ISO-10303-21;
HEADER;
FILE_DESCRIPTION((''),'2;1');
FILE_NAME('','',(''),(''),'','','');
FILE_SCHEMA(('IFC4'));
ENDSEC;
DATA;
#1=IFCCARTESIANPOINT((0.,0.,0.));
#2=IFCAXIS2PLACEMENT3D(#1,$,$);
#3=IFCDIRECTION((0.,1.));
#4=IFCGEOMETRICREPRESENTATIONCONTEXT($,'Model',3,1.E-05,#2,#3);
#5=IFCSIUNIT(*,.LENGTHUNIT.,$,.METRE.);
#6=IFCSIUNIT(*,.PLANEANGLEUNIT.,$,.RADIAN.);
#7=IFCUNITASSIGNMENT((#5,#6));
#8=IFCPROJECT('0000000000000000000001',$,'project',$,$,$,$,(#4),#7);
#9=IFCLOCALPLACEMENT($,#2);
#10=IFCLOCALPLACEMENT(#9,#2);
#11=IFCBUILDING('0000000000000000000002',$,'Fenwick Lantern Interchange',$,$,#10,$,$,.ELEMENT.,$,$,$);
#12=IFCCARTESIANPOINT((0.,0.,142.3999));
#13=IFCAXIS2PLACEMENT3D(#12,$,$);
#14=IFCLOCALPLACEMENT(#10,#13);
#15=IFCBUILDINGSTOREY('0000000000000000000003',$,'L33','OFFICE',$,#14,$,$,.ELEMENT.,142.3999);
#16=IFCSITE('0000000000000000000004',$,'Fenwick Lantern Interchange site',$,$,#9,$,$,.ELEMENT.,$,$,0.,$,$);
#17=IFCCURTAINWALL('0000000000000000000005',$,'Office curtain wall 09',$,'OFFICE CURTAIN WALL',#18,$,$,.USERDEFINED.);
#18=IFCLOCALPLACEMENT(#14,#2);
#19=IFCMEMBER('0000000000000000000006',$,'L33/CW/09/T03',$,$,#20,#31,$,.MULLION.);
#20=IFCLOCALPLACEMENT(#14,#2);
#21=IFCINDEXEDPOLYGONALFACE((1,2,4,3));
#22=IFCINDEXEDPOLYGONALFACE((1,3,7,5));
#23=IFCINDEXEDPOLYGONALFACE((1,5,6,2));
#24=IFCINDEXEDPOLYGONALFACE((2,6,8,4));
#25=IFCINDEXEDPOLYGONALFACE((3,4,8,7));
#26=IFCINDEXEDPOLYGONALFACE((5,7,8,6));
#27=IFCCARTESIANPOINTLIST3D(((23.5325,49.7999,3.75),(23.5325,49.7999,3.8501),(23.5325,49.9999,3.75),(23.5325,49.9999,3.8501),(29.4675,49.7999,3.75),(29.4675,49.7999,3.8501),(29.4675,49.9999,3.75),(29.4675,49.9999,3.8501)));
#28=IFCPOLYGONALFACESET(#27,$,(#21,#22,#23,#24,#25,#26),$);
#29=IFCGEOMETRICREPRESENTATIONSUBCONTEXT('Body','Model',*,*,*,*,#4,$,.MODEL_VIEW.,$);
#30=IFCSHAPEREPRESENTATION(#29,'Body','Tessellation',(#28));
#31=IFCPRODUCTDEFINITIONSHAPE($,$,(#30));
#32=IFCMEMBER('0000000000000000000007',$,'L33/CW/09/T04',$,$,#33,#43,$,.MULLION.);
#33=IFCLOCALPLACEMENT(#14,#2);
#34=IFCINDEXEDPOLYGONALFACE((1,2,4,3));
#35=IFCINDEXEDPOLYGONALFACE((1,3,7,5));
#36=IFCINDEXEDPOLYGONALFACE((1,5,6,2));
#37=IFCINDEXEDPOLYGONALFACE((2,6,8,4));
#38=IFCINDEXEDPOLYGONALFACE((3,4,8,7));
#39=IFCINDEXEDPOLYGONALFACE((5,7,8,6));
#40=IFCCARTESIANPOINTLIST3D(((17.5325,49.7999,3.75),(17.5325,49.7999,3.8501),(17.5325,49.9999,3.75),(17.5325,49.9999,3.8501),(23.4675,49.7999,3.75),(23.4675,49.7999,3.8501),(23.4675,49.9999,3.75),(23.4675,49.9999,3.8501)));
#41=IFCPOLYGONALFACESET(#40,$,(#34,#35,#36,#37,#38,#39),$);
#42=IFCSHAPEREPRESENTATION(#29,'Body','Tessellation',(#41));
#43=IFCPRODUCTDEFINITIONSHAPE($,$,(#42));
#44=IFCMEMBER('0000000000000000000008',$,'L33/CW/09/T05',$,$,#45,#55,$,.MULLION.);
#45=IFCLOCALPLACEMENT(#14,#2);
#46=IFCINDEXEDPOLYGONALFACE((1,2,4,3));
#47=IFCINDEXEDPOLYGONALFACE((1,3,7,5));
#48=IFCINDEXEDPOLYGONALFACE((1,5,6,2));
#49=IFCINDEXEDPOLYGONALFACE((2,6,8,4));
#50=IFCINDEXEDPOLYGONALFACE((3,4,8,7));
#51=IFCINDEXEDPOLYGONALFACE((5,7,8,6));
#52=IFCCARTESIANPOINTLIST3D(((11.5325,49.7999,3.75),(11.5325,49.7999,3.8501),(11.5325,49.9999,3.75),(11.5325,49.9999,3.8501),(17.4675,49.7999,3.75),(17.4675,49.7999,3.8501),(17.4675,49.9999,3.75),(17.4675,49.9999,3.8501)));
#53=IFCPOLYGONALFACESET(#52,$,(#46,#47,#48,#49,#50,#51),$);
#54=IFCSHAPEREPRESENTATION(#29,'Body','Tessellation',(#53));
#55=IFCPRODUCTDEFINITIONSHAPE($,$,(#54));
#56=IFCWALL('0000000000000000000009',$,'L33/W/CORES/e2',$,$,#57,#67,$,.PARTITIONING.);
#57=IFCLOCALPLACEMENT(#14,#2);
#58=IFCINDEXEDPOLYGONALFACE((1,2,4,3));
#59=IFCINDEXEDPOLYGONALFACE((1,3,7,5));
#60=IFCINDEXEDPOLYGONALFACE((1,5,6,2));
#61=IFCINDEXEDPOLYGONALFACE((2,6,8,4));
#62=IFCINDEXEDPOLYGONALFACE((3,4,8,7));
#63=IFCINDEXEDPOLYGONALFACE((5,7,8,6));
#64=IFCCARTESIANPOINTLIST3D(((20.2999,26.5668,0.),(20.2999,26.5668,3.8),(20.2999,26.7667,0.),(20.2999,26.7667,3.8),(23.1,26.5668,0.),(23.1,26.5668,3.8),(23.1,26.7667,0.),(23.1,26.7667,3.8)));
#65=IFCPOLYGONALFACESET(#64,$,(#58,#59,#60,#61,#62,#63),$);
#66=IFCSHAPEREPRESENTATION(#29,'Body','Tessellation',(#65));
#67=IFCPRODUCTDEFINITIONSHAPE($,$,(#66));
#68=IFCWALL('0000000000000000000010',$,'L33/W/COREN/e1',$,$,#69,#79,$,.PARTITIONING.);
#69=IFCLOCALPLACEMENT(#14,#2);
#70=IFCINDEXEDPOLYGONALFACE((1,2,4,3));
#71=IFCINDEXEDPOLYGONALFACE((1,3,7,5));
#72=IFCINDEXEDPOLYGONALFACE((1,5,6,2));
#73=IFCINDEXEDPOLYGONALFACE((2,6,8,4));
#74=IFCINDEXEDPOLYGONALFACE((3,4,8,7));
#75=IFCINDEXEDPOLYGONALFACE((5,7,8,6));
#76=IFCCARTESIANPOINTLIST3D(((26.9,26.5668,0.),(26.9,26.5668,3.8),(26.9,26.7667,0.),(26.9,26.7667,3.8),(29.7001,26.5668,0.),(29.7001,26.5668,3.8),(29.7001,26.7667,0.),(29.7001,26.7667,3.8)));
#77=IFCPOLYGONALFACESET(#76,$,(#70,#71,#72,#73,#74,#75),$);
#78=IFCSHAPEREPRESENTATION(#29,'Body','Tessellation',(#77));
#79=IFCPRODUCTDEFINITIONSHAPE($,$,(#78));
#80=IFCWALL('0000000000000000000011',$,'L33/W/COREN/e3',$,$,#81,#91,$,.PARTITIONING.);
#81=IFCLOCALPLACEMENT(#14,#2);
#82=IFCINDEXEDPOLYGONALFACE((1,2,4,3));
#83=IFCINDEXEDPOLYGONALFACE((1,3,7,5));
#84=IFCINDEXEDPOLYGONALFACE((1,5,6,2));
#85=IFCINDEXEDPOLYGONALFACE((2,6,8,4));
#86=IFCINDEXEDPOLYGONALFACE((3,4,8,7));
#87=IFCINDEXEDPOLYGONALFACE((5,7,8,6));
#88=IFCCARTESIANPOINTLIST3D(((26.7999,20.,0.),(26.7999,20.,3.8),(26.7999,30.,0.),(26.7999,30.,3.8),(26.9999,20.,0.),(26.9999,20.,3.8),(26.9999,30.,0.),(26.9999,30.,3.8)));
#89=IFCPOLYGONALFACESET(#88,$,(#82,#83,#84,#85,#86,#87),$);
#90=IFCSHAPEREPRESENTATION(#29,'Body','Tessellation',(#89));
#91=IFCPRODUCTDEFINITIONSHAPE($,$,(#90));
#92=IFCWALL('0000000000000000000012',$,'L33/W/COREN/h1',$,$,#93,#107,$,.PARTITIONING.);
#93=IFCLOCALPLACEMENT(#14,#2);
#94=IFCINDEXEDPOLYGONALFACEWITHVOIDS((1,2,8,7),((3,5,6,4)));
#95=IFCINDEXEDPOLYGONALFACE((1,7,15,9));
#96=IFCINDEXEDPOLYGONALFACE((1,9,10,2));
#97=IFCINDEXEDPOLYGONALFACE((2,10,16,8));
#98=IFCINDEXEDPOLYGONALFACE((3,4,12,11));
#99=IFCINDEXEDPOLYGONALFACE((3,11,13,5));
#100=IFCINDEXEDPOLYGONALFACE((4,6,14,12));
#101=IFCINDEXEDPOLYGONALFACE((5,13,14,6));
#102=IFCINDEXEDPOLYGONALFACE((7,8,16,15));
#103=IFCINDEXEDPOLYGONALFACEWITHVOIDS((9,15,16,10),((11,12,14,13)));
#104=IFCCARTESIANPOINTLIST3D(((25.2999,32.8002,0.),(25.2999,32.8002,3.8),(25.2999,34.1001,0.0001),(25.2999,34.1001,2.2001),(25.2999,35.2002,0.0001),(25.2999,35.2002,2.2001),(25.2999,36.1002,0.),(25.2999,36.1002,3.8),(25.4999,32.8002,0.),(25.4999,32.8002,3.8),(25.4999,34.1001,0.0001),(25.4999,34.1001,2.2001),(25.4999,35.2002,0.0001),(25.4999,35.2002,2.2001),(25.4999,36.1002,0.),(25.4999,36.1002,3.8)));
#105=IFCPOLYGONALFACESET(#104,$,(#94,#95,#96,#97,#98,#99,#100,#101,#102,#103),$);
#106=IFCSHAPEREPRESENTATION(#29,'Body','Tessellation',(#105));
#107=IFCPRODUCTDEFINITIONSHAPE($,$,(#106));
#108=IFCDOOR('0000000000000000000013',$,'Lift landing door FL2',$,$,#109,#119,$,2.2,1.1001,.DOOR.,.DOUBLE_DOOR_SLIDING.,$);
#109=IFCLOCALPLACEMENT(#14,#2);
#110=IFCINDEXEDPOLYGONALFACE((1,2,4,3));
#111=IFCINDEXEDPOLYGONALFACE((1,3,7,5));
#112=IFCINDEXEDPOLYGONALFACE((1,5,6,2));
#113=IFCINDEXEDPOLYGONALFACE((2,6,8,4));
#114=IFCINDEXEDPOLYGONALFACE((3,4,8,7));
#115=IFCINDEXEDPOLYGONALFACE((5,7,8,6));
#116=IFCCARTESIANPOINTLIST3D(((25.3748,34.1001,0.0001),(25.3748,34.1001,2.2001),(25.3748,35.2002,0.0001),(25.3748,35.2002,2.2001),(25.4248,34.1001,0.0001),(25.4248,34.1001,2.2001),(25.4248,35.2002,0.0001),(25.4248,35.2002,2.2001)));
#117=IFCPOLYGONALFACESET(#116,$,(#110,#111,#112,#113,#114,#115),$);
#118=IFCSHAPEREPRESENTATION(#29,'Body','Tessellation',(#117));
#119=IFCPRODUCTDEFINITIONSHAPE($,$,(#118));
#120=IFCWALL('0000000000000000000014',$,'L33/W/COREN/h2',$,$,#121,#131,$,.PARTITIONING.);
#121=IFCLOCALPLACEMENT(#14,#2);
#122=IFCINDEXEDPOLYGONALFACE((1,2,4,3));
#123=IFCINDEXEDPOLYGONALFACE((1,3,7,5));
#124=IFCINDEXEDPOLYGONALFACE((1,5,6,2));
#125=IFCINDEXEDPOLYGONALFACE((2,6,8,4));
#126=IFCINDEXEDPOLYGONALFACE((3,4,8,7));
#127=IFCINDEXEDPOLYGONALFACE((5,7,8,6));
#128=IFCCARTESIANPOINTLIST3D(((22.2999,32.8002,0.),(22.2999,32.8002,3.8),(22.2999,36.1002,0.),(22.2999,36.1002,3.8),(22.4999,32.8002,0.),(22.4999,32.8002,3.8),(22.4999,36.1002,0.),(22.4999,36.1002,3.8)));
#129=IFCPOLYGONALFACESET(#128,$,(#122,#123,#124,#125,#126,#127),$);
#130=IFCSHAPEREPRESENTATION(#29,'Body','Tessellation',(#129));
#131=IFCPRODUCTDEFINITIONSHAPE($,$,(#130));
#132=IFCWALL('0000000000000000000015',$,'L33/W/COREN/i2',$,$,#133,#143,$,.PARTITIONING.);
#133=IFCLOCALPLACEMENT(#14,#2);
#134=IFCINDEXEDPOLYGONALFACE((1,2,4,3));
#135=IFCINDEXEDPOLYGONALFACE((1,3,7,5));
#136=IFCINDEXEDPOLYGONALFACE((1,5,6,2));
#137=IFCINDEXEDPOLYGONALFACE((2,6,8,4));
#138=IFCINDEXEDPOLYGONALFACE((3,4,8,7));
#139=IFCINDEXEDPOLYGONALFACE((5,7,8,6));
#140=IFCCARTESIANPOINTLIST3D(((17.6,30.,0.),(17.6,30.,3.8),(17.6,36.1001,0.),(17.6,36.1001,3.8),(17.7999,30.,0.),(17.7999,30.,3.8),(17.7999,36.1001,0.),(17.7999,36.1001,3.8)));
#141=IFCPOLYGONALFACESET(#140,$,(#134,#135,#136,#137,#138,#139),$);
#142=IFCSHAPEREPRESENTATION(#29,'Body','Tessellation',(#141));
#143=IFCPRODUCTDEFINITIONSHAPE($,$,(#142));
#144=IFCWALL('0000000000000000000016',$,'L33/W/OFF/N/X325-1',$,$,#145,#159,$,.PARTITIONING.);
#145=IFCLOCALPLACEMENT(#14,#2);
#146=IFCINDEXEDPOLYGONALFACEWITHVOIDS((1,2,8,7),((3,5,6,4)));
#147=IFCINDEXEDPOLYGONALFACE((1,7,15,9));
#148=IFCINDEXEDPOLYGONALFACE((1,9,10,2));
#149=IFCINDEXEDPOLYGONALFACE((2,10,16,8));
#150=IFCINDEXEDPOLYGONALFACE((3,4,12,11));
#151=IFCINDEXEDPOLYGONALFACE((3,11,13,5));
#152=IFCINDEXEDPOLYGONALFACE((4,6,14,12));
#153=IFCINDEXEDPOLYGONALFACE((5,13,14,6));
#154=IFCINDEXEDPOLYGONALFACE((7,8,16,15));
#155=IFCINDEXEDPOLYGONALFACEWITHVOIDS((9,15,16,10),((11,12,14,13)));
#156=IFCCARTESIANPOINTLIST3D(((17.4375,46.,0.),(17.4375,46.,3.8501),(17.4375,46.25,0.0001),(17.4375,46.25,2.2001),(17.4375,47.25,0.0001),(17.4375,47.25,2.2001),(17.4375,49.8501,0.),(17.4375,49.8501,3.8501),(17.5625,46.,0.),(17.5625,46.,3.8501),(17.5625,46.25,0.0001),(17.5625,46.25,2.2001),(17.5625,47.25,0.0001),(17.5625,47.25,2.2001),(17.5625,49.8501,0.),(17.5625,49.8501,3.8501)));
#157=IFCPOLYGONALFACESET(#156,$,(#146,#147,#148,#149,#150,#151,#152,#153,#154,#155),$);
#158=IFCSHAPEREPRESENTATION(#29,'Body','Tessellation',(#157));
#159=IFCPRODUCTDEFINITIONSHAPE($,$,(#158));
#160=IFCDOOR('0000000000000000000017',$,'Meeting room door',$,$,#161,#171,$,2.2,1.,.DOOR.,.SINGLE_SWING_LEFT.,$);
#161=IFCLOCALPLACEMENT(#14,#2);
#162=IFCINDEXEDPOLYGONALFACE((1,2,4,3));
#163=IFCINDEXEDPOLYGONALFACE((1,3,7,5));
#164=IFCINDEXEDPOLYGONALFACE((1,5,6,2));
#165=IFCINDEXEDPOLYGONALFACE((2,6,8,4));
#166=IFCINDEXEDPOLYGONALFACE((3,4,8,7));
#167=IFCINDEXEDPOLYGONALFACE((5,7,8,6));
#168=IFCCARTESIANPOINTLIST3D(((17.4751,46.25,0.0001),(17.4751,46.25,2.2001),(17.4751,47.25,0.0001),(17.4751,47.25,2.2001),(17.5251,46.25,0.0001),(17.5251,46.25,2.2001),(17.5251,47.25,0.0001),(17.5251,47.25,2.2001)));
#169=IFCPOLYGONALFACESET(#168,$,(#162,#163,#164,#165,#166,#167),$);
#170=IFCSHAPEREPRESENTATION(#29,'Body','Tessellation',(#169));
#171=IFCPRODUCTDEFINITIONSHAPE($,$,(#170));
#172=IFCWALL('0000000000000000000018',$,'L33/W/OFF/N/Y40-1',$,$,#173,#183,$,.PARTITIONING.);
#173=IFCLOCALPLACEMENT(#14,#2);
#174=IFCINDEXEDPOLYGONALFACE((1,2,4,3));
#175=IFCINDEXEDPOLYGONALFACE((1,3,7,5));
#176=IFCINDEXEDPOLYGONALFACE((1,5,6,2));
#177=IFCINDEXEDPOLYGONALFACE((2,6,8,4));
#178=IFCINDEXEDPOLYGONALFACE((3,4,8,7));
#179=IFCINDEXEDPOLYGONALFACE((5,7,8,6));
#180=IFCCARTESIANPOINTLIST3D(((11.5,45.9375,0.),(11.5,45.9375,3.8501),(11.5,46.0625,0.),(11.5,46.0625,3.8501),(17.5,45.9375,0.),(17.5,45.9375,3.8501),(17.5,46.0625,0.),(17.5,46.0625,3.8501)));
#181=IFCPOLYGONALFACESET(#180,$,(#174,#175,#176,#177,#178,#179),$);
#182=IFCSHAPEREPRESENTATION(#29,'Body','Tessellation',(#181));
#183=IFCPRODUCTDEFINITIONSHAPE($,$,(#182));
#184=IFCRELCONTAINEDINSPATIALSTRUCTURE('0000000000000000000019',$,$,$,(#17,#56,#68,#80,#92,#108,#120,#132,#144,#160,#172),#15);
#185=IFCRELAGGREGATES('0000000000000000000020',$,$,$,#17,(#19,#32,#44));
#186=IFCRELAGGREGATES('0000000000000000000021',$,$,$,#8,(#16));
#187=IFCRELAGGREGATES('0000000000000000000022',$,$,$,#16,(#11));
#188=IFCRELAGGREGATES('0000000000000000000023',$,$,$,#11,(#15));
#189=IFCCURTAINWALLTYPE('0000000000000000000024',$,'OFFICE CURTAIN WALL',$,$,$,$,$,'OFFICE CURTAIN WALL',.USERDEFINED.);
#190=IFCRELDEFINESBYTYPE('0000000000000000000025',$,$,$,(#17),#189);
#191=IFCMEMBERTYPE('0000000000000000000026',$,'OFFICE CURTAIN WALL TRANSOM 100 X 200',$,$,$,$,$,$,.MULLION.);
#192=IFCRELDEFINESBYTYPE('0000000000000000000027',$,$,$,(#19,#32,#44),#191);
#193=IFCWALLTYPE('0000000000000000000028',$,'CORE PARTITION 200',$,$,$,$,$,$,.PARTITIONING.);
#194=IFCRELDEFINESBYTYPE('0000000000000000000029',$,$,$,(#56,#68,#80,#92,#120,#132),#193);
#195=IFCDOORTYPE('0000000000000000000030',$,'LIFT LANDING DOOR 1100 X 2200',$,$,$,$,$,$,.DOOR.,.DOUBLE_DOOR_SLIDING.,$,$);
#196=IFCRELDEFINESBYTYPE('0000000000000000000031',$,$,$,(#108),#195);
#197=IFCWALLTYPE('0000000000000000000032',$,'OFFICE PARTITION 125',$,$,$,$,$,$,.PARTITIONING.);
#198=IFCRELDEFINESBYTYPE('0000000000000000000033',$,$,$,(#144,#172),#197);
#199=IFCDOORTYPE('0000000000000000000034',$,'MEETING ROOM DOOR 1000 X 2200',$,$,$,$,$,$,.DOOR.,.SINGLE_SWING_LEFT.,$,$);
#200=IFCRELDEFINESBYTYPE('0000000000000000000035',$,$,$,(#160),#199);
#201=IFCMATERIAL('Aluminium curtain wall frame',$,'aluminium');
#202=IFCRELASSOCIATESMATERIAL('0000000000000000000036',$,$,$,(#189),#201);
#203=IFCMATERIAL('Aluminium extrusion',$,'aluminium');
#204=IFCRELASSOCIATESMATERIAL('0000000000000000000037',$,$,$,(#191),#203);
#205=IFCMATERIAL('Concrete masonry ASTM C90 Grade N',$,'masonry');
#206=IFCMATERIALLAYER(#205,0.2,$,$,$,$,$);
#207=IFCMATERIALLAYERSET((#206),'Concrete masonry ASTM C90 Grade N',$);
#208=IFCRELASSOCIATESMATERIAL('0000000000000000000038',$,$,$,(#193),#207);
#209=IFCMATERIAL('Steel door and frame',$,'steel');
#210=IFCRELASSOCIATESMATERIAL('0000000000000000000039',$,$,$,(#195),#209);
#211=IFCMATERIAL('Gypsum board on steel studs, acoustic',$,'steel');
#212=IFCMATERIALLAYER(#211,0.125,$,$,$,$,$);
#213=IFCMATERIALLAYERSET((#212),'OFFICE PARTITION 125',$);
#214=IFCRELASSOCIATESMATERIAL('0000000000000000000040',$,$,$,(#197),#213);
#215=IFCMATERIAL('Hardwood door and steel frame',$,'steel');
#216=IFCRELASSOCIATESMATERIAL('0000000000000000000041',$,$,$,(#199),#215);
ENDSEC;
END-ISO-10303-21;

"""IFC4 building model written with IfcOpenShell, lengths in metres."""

from ifc_helpers import new_model, si_unit, direction, frame, frame_2d, origin, origin_2d, place, context, subcontext, project, spatial, rectangle, extrude, material, layer, layer_set, material_profile, profile_set, type_object, element, fill, aggregate, save


model = new_model("IFC4")

# Units and contexts
model_context = context("Model", 3, precision=1e-05, world=origin(), true_north=direction((0.0, 1.0)))
body_context = subcontext(model_context, "Body", "Model", "MODEL_VIEW")
ifc_project = project(units=[si_unit("LENGTHUNIT", "METRE"), si_unit("PLANEANGLEUNIT", "RADIAN")], contexts=[model_context])

# Site, building, storey
site_placement = place(None, origin())
site = spatial("IfcSite", under=ifc_project, at=site_placement, Name="Fenwick Lantern Interchange site", CompositionType="ELEMENT", RefElevation=0.0)
building_placement = place(site_placement, origin())
building = spatial("IfcBuilding", under=site, at=building_placement, Name="Fenwick Lantern Interchange", CompositionType="ELEMENT")
storey_placement = place(building_placement, frame((0.0, 0.0, 142.3999)))
storey = spatial("IfcBuildingStorey", under=building, at=storey_placement, Name="L33", Description="OFFICE", CompositionType="ELEMENT", Elevation=142.3999)

# Curtain wall, members
ifc_material_1 = material(Name="Aluminium curtain wall frame", Category="aluminium")
curtain_wall_type = type_object("IfcCurtainWallType", Name="OFFICE CURTAIN WALL", ElementType="OFFICE CURTAIN WALL", PredefinedType="USERDEFINED", material=ifc_material_1)
curtain_wall_placement = place(storey_placement, origin())
curtain_wall = element("IfcCurtainWall", 1, at=curtain_wall_placement, inside=storey, type_object=curtain_wall_type, Name="Office curtain wall 09", ObjectType="OFFICE CURTAIN WALL", PredefinedType="USERDEFINED")
ifc_material_2 = material(Name="Aluminium extrusion", Category="aluminium")
ifc_material_profile_1 = material_profile(ifc_material_2, rectangle(XDim=0.2, YDim=0.1001, at=origin_2d()), Name="OFFICE CURTAIN WALL TRANSOM 100 X 200")
ifc_profile_set_1 = profile_set([ifc_material_profile_1], Name="Aluminium extrusion")
member_type_1 = type_object("IfcMemberType", Name="OFFICE CURTAIN WALL TRANSOM 100 X 200", PredefinedType="MULLION", material=ifc_profile_set_1)
member_1_placement = place(storey_placement, frame((29.4675, 49.8999, 3.8), z_axis=(-1.0, 0.0, 0.0), x_axis=(0.0, -1.0, 0.0)))
member_1 = element("IfcMember", 2, at=member_1_placement, type_object=member_type_1, Name="L33/CW/09/T03", PredefinedType="MULLION", context=body_context, shape_type="SweptSolid", body=[
    extrude(rectangle(XDim=0.2, YDim=0.1001, at=origin_2d()), origin(), (0.0, 0.0, 1.0), 5.9351),
])
member_2_placement = place(storey_placement, frame((23.4675, 49.8999, 3.8), z_axis=(-1.0, 0.0, 0.0), x_axis=(0.0, -1.0, 0.0)))
member_2 = element("IfcMember", 3, at=member_2_placement, type_object=member_type_1, Name="L33/CW/09/T04", PredefinedType="MULLION", context=body_context, shape_type="SweptSolid", body=[
    extrude(rectangle(XDim=0.2, YDim=0.1001, at=origin_2d()), origin(), (0.0, 0.0, 1.0), 5.9351),
])
member_3_placement = place(storey_placement, frame((17.4675, 49.8999, 3.8), z_axis=(-1.0, 0.0, 0.0), x_axis=(0.0, -1.0, 0.0)))
member_3 = element("IfcMember", 4, at=member_3_placement, type_object=member_type_1, Name="L33/CW/09/T05", PredefinedType="MULLION", context=body_context, shape_type="SweptSolid", body=[
    extrude(rectangle(XDim=0.2, YDim=0.1001, at=origin_2d()), origin(), (0.0, 0.0, 1.0), 5.9351),
])
aggregate(curtain_wall, [member_1, member_2, member_3])

# Walls
ifc_material_3 = material(Name="Concrete masonry ASTM C90 Grade N", Category="masonry")
ifc_layer_1 = layer(ifc_material_3, 0.2)
ifc_layer_set_1 = layer_set([ifc_layer_1], Name="Concrete masonry ASTM C90 Grade N")
wall_type_1 = type_object("IfcWallType", Name="CORE PARTITION 200", PredefinedType="PARTITIONING", material=ifc_layer_set_1)
for number, where, z_axis, x_axis, name in (
    (5, (20.3, 26.6667, 0.0), (0.0, 0.0, 1.0), (1.0, 0.0, 0.0), "L33/W/CORES/e2"),
    (6, (29.7, 26.6667, 0.0), (0.0, 0.0, 1.0), (-1.0, 0.0, 0.0), "L33/W/COREN/e1"),
):
    element("IfcWall", number, at=place(storey_placement, frame(where, z_axis=z_axis, x_axis=x_axis)), inside=storey, type_object=wall_type_1, Name=name, PredefinedType="PARTITIONING", context=body_context, shape_type="SweptSolid", body=[
        extrude(rectangle(XDim=2.8, YDim=0.2, at=frame_2d((1.3999, 0.0))), origin(), (0.0, 0.0, 1.0), 3.8),
    ])
wall_1_placement = place(storey_placement, frame((26.8999, 30.0, 0.0), z_axis=(0.0, 0.0, 1.0), x_axis=(0.0, -1.0, 0.0)))
element("IfcWall", 7, at=wall_1_placement, inside=storey, type_object=wall_type_1, Name="L33/W/COREN/e3", PredefinedType="PARTITIONING", context=body_context, shape_type="SweptSolid", body=[
    extrude(rectangle(XDim=10.0, YDim=0.2, at=frame_2d((5.0, 0.0))), origin(), (0.0, 0.0, 1.0), 3.8),
])

# Wall, opening, door
wall_2_placement = place(storey_placement, frame((25.3999, 36.1001, 0.0), z_axis=(0.0, 0.0, 1.0), x_axis=(0.0, -1.0, 0.0)))
wall_2 = element("IfcWall", 8, at=wall_2_placement, inside=storey, type_object=wall_type_1, Name="L33/W/COREN/h1", PredefinedType="PARTITIONING", context=body_context, shape_type="SweptSolid", body=[
    extrude(rectangle(XDim=3.3, YDim=0.2, at=frame_2d((1.6499, 0.0))), origin(), (0.0, 0.0, 1.0), 3.8),
])
opening_1_placement = place(wall_2_placement, frame((0.8999, 0.0, 0.0)))
opening_1 = element("IfcOpeningElement", 9, at=opening_1_placement, cuts=wall_2, PredefinedType="OPENING", context=body_context, shape_type="SweptSolid", body=[
    extrude(rectangle(XDim=1.1001, YDim=2.2, at=frame_2d((0.55, 1.1001))), frame((0.0, 0.1099, 0.0), z_axis=(0.0, -1.0, 0.0), x_axis=(1.0, 0.0, 0.0)), (0.0, 0.0, 1.0), 0.22),
])
ifc_material_4 = material(Name="Steel door and frame", Category="steel")
door_type_1 = type_object("IfcDoorType", Name="LIFT LANDING DOOR 1100 X 2200", OperationType="DOUBLE_DOOR_SLIDING", PredefinedType="DOOR", material=ifc_material_4)
door_1_placement = place(opening_1_placement, origin())
door_1 = element("IfcDoor", 10, at=door_1_placement, inside=storey, type_object=door_type_1, Name="Lift landing door FL2", OperationType="DOUBLE_DOOR_SLIDING", OverallHeight=2.2, OverallWidth=1.1001, PredefinedType="DOOR", context=body_context, shape_type="SweptSolid", body=[
    extrude(rectangle(XDim=1.1001, YDim=2.2, at=frame_2d((0.55, 1.1001))), frame((0.0, 0.0249, 0.0), z_axis=(0.0, -1.0, 0.0), x_axis=(1.0, 0.0, 0.0)), (0.0, 0.0, 1.0), 0.05),
])
fill(opening_1, door_1)

# Walls
wall_3_placement = place(storey_placement, frame((22.3999, 36.1001, 0.0), z_axis=(0.0, 0.0, 1.0), x_axis=(0.0, -1.0, 0.0)))
element("IfcWall", 11, at=wall_3_placement, inside=storey, type_object=wall_type_1, Name="L33/W/COREN/h2", PredefinedType="PARTITIONING", context=body_context, shape_type="SweptSolid", body=[
    extrude(rectangle(XDim=3.3, YDim=0.2, at=frame_2d((1.6499, 0.0))), origin(), (0.0, 0.0, 1.0), 3.8),
])
wall_4_placement = place(storey_placement, frame((17.7, 36.1001, 0.0), z_axis=(0.0, 0.0, 1.0), x_axis=(0.0, -1.0, 0.0)))
element("IfcWall", 12, at=wall_4_placement, inside=storey, type_object=wall_type_1, Name="L33/W/COREN/i2", PredefinedType="PARTITIONING", context=body_context, shape_type="SweptSolid", body=[
    extrude(rectangle(XDim=6.1001, YDim=0.2, at=frame_2d((3.05, 0.0))), origin(), (0.0, 0.0, 1.0), 3.8),
])

# Wall, opening, door
ifc_material_5 = material(Name="Gypsum board on steel studs, acoustic", Category="steel")
ifc_layer_2 = layer(ifc_material_5, 0.125)
ifc_layer_set_2 = layer_set([ifc_layer_2], Name="OFFICE PARTITION 125")
wall_type_2 = type_object("IfcWallType", Name="OFFICE PARTITION 125", PredefinedType="PARTITIONING", material=ifc_layer_set_2)
wall_5_placement = place(storey_placement, frame((17.5, 49.8501, 0.0), z_axis=(0.0, 0.0, 1.0), x_axis=(0.0, -1.0, 0.0)))
wall_5 = element("IfcWall", 13, at=wall_5_placement, inside=storey, type_object=wall_type_2, Name="L33/W/OFF/N/X325-1", PredefinedType="PARTITIONING", context=body_context, shape_type="SweptSolid", body=[
    extrude(rectangle(XDim=3.8501, YDim=0.125, at=frame_2d((1.925, 0.0))), origin(), (0.0, 0.0, 1.0), 3.8501),
])
opening_2_placement = place(wall_5_placement, frame((2.6001, 0.0, 0.0)))
opening_2 = element("IfcOpeningElement", 14, at=opening_2_placement, cuts=wall_5, PredefinedType="OPENING", context=body_context, shape_type="SweptSolid", body=[
    extrude(rectangle(XDim=1.0, YDim=2.2, at=frame_2d((0.5, 1.1001))), frame((0.0, 0.0725, 0.0), z_axis=(0.0, -1.0, 0.0), x_axis=(1.0, 0.0, 0.0)), (0.0, 0.0, 1.0), 0.145),
])
ifc_material_6 = material(Name="Hardwood door and steel frame", Category="steel")
door_type_2 = type_object("IfcDoorType", Name="MEETING ROOM DOOR 1000 X 2200", OperationType="SINGLE_SWING_LEFT", PredefinedType="DOOR", material=ifc_material_6)
door_2_placement = place(opening_2_placement, frame((1.0, 0.0, 0.0), z_axis=(0.0, 0.0, 1.0), x_axis=(-1.0, 0.0, 0.0)))
door_2 = element("IfcDoor", 15, at=door_2_placement, inside=storey, type_object=door_type_2, Name="Meeting room door", OperationType="SINGLE_SWING_LEFT", OverallHeight=2.2, OverallWidth=1.0, PredefinedType="DOOR", context=body_context, shape_type="SweptSolid", body=[
    extrude(rectangle(XDim=1.0, YDim=2.2, at=frame_2d((0.5, 1.1001))), frame((0.0, 0.0249, 0.0), z_axis=(0.0, -1.0, 0.0), x_axis=(1.0, 0.0, 0.0)), (0.0, 0.0, 1.0), 0.05),
])
fill(opening_2, door_2)

# Wall
wall_6_placement = place(storey_placement, frame((17.5, 46.0, 0.0), z_axis=(0.0, 0.0, 1.0), x_axis=(-1.0, 0.0, 0.0)))
element("IfcWall", 16, at=wall_6_placement, inside=storey, type_object=wall_type_2, Name="L33/W/OFF/N/Y40-1", PredefinedType="PARTITIONING", context=body_context, shape_type="SweptSolid", body=[
    extrude(rectangle(XDim=6.0, YDim=0.125, at=frame_2d((3.0, 0.0))), origin(), (0.0, 0.0, 1.0), 3.8501),
])

save(model, "model.ifc")
